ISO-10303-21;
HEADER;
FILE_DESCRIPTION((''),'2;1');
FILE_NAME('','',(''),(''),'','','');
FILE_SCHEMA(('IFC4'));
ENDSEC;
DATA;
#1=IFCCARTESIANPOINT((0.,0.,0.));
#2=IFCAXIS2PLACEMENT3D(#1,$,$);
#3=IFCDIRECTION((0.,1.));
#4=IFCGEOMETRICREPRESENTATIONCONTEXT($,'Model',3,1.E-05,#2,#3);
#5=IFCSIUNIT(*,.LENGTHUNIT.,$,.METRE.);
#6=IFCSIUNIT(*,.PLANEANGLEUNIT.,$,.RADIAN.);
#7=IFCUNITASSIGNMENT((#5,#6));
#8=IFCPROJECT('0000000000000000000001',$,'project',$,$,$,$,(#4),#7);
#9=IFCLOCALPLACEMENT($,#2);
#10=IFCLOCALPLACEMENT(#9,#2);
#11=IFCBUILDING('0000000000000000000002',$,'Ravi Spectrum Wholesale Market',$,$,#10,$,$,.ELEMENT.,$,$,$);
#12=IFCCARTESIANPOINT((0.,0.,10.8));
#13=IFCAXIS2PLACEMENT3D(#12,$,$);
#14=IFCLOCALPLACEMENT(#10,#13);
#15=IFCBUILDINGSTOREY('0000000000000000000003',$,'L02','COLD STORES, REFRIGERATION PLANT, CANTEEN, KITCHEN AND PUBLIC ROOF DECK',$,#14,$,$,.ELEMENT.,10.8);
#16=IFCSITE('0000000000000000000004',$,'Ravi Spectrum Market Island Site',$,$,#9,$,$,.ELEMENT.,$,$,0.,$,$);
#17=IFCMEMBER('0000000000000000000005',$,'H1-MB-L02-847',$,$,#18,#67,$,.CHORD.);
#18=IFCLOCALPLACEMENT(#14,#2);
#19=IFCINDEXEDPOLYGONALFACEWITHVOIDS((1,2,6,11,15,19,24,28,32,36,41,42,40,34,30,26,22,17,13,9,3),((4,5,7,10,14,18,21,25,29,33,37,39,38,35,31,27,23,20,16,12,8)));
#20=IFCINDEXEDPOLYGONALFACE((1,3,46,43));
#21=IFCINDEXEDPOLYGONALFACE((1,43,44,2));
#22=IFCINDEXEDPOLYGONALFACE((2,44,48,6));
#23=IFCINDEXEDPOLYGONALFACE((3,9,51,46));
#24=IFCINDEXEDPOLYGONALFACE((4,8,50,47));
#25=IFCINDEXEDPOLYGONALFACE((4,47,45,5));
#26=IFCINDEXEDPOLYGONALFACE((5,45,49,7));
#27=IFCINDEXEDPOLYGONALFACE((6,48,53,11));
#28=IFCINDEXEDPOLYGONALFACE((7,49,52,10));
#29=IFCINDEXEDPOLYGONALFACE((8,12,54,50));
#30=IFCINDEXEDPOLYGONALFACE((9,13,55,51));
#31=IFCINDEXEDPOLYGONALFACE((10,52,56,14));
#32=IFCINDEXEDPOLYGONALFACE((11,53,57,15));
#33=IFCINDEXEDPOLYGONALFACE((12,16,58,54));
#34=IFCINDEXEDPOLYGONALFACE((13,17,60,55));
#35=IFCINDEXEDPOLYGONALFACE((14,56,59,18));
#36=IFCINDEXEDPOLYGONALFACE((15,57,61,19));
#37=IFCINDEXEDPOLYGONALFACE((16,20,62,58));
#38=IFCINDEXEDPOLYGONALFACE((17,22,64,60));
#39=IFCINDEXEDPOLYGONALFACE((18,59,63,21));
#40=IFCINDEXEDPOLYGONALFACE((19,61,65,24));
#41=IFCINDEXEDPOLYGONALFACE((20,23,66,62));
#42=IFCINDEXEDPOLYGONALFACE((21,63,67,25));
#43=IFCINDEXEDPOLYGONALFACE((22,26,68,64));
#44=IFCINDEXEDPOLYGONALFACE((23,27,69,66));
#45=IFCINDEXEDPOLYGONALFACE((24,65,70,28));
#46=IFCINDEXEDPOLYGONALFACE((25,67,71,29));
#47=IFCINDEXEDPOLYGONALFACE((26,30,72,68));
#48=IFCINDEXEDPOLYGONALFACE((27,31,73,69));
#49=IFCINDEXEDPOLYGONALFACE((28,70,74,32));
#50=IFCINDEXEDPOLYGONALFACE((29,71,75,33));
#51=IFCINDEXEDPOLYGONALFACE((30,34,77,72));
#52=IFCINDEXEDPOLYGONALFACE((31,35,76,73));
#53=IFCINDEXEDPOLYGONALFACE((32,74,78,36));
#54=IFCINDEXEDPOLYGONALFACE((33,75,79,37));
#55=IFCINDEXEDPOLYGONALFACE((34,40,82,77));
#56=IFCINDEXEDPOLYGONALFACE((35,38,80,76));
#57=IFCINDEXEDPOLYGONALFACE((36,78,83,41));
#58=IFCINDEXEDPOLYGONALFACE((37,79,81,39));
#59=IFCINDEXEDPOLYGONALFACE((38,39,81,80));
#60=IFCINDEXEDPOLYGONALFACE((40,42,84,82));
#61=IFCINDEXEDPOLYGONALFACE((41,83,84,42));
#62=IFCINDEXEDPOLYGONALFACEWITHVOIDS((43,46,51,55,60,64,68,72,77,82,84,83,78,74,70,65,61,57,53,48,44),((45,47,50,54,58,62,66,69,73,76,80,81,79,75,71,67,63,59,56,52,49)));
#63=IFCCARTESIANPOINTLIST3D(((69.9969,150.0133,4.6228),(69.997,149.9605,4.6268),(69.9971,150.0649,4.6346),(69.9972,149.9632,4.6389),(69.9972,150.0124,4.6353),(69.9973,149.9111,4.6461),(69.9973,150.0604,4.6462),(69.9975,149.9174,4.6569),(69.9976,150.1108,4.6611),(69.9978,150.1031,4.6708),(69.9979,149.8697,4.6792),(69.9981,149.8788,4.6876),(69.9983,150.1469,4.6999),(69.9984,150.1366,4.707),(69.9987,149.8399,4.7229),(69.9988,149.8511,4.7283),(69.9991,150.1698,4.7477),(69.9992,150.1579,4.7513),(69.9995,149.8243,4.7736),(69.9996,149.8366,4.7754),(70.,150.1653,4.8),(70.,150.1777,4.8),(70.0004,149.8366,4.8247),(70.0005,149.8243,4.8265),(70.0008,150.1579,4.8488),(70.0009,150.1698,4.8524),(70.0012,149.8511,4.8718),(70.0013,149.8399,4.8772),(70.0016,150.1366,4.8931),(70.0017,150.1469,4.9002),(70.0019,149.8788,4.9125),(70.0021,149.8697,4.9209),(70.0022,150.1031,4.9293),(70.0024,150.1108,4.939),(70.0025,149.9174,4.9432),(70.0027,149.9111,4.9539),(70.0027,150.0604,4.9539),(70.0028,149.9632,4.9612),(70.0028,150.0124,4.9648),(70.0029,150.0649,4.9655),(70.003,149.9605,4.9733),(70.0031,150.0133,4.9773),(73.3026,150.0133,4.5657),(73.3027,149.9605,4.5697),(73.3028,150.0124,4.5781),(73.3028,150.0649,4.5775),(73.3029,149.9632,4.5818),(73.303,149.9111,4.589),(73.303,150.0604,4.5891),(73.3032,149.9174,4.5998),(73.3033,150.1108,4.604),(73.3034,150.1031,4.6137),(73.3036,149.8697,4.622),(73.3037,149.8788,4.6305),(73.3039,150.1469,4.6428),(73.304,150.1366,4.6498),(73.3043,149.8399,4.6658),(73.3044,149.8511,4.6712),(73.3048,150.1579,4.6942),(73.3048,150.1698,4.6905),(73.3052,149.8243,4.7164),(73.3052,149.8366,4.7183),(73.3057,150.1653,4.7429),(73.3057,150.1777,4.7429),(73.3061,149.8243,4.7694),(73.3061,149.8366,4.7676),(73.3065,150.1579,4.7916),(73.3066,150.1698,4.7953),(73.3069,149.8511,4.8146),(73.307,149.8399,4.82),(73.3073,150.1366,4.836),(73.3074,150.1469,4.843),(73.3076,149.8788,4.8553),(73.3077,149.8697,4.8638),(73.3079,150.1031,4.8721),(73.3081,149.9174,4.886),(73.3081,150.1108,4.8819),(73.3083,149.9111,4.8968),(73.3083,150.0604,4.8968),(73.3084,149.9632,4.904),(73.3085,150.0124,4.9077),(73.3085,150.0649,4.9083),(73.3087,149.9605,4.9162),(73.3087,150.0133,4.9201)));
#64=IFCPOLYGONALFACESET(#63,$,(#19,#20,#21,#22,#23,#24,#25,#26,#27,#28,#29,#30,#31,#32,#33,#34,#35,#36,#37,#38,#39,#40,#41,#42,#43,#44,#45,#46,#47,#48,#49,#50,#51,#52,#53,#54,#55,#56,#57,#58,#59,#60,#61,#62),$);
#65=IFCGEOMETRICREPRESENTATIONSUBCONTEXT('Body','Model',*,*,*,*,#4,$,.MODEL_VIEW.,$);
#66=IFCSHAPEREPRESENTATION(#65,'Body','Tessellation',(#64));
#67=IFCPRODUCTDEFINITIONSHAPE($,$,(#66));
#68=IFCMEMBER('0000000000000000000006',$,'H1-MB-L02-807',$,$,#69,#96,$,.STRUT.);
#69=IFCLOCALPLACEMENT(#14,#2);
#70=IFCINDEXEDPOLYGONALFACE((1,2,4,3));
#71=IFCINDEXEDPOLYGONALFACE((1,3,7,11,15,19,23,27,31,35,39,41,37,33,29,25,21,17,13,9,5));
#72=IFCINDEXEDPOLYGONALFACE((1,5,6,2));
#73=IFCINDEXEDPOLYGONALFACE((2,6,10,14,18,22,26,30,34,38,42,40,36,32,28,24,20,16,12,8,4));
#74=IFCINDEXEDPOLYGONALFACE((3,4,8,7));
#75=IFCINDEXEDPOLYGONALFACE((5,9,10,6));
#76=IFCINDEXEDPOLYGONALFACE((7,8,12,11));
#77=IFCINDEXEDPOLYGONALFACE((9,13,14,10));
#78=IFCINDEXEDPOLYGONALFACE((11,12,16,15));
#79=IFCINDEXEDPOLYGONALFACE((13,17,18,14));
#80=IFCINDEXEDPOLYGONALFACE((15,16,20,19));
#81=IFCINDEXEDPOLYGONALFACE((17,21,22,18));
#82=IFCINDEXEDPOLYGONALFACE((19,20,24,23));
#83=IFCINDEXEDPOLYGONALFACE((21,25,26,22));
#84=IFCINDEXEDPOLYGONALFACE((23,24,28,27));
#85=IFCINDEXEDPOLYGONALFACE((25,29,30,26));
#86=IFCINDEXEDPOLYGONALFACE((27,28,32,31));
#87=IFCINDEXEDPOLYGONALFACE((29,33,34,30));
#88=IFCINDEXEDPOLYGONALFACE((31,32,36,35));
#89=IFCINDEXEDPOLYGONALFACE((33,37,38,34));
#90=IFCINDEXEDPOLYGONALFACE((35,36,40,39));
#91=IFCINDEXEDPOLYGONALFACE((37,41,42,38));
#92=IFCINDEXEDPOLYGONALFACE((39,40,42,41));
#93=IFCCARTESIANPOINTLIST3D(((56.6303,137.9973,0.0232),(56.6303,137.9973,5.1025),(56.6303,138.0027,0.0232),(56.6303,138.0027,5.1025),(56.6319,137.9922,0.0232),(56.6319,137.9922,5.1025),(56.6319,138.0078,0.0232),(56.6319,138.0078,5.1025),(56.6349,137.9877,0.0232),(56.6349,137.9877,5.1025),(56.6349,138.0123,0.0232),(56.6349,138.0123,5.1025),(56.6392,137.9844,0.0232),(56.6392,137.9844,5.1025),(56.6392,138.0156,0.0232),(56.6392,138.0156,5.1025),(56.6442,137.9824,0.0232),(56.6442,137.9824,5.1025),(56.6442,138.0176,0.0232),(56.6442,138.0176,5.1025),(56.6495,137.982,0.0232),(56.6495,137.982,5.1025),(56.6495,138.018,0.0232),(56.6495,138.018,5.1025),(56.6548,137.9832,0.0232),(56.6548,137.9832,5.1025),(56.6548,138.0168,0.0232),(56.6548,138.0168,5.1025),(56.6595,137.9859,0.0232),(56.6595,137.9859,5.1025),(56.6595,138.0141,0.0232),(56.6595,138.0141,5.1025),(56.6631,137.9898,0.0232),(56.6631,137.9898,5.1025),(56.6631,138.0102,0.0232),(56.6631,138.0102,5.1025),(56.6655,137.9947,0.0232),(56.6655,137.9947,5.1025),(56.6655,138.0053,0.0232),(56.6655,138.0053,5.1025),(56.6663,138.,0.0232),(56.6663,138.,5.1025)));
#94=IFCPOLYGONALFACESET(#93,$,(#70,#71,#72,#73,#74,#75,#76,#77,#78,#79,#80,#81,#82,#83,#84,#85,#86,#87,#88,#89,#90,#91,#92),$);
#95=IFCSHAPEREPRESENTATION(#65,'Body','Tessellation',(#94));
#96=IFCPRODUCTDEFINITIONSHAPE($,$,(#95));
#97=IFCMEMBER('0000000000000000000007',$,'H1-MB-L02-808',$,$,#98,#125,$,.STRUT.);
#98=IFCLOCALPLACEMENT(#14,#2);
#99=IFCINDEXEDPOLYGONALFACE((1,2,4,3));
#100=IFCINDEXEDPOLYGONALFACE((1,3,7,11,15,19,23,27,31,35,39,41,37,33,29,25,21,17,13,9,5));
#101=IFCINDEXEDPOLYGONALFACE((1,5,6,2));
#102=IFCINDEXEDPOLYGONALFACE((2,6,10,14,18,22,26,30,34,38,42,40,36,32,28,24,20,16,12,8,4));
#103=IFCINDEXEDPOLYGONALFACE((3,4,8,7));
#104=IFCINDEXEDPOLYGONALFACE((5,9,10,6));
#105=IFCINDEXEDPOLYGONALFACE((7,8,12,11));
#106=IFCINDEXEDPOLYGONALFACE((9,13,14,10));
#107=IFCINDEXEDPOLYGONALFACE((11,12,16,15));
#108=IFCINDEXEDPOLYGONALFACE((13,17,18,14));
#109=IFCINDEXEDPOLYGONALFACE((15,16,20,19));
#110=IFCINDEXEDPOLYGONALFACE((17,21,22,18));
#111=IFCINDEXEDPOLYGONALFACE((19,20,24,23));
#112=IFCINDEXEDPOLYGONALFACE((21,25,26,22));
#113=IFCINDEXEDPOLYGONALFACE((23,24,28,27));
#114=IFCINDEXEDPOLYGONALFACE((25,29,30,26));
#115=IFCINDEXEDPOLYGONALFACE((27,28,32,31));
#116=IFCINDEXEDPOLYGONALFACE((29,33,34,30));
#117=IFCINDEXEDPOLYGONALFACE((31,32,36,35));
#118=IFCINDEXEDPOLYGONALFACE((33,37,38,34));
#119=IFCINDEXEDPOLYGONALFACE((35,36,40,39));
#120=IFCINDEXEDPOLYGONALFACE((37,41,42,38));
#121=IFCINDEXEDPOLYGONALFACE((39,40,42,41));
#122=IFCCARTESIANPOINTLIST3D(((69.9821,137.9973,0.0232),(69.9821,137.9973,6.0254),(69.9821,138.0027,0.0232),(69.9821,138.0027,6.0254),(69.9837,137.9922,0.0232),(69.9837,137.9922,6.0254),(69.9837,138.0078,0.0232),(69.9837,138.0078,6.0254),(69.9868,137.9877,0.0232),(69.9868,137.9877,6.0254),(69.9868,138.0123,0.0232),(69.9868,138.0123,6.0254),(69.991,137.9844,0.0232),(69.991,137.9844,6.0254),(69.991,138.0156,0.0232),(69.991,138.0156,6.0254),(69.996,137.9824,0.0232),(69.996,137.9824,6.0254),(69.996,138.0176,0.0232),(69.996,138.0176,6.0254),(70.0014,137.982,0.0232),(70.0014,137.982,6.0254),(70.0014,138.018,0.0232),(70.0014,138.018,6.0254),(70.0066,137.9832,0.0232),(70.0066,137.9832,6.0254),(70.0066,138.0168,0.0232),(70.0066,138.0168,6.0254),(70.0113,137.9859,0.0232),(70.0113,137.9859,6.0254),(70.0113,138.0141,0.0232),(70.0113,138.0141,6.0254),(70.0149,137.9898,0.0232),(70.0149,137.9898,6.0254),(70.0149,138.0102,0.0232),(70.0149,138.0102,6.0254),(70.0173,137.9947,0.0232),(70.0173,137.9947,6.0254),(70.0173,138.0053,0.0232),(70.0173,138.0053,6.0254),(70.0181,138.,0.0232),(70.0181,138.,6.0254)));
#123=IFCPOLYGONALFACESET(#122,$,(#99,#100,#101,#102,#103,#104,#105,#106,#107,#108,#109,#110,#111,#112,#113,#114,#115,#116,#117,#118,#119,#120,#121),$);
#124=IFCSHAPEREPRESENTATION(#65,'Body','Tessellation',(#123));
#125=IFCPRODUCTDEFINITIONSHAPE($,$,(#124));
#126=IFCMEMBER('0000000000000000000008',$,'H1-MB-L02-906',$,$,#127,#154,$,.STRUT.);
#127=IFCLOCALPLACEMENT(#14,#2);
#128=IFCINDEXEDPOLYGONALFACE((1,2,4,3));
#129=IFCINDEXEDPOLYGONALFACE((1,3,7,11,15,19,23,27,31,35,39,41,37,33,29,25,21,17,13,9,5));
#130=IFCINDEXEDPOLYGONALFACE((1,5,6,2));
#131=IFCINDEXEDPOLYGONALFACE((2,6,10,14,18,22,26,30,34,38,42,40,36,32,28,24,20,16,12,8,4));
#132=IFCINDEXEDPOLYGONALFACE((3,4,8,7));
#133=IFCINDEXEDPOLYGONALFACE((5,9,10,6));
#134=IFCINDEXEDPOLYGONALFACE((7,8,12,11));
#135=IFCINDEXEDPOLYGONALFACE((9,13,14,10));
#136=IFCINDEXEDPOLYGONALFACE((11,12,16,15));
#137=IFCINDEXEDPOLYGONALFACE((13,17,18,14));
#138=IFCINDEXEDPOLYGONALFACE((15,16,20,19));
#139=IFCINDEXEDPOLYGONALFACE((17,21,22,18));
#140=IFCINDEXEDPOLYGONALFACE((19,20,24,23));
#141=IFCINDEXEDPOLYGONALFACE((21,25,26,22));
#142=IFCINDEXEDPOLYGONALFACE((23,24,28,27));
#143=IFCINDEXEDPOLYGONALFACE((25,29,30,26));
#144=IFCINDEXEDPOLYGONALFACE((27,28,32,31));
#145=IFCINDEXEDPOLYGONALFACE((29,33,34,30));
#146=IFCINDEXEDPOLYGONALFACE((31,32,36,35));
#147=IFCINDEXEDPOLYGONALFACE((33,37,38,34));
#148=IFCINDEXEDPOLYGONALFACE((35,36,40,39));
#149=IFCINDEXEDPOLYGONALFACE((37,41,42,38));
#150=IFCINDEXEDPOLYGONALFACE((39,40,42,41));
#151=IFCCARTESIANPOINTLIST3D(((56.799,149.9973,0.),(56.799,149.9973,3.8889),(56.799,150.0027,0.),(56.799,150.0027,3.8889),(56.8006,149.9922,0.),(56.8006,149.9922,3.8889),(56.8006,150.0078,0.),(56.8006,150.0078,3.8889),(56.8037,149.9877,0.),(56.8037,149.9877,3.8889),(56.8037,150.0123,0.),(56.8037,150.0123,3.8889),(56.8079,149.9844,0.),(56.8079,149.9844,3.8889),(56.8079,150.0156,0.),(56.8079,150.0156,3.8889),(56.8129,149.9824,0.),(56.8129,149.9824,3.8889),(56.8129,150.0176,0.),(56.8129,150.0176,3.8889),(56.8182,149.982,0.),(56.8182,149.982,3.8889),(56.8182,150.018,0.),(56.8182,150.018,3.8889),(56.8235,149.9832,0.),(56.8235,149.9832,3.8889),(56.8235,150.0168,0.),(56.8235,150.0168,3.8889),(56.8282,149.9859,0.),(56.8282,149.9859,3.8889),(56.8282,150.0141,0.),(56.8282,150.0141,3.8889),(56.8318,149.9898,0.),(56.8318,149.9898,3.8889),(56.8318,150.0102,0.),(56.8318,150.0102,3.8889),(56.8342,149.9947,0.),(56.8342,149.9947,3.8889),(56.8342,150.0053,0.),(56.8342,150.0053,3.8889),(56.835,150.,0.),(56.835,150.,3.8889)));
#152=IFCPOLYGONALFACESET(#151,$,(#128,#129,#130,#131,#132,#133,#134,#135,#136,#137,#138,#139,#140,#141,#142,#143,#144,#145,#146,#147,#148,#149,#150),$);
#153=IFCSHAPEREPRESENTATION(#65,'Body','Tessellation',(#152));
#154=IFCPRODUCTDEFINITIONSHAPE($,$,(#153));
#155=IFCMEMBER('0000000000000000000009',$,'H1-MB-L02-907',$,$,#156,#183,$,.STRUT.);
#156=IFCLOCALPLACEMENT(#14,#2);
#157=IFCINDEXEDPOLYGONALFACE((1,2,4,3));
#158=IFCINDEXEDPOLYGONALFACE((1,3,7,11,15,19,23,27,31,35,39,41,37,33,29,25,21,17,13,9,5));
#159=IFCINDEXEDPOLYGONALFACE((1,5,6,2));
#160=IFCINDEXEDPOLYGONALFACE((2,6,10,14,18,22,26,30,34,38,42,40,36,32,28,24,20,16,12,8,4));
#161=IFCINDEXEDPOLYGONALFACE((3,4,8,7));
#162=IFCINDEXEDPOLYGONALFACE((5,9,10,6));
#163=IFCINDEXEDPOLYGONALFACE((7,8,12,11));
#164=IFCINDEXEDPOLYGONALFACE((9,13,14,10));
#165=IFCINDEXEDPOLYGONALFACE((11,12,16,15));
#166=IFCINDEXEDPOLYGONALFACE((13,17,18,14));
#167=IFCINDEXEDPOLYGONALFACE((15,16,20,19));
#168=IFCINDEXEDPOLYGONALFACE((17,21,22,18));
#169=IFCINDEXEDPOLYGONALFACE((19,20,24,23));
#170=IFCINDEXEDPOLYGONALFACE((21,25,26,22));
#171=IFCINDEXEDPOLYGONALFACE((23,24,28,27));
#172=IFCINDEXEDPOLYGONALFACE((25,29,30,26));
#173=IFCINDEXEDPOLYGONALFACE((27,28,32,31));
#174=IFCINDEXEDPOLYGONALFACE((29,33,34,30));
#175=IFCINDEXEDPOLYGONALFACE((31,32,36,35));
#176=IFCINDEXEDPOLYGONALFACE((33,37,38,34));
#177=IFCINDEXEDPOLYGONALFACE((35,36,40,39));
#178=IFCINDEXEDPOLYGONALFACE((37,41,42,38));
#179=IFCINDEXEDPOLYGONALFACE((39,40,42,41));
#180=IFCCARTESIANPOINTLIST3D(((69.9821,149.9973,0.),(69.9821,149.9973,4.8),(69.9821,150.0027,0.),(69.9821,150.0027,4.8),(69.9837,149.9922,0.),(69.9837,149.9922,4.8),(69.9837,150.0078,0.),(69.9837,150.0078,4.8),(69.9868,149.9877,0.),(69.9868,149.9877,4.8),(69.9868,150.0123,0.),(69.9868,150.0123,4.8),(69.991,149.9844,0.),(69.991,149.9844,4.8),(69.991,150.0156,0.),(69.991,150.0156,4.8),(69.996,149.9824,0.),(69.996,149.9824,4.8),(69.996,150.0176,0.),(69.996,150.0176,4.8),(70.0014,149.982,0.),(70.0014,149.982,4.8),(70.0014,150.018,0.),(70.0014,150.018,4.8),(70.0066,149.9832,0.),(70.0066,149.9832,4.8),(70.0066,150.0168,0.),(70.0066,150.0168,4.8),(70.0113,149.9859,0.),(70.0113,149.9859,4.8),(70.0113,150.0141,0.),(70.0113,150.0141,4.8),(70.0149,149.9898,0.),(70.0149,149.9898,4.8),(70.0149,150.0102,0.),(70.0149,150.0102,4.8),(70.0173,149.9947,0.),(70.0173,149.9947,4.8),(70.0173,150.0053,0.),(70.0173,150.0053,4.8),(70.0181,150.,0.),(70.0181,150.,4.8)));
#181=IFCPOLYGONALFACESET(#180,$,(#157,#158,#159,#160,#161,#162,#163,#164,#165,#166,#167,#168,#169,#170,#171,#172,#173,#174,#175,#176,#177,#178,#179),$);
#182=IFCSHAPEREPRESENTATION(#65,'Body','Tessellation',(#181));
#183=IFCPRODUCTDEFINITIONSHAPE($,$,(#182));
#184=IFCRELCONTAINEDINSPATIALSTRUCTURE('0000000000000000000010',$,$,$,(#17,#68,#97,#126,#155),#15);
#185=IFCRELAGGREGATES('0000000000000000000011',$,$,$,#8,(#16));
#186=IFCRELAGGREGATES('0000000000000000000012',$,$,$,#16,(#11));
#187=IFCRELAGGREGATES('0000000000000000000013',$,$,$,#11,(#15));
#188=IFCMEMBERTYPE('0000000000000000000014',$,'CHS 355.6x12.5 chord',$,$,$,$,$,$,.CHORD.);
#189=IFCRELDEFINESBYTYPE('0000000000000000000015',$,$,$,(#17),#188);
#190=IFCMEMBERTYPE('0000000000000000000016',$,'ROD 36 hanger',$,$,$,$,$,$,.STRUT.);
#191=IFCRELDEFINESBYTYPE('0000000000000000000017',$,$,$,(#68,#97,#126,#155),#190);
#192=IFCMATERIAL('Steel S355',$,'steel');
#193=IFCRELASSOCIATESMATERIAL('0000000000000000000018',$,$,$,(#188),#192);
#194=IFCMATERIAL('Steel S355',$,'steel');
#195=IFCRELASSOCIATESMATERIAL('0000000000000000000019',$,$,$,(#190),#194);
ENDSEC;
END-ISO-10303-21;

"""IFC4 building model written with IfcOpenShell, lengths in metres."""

from ifc_helpers import new_model, si_unit, direction, frame, origin, origin_2d, place, context, subcontext, project, spatial, circle, hollow_circle, extrude, material, material_profile, profile_set, type_object, element, save


model = new_model("IFC4")

# Units and contexts
model_context = context("Model", 3, precision=1e-05, world=origin(), true_north=direction((0.0, 1.0)))
body_context = subcontext(model_context, "Body", "Model", "MODEL_VIEW")
ifc_project = project(units=[si_unit("LENGTHUNIT", "METRE"), si_unit("PLANEANGLEUNIT", "RADIAN")], contexts=[model_context])

# Site, building, storey
site_placement = place(None, origin())
site = spatial("IfcSite", under=ifc_project, at=site_placement, Name="Ravi Spectrum Market Island Site", CompositionType="ELEMENT", RefElevation=0.0)
building_placement = place(site_placement, origin())
building = spatial("IfcBuilding", under=site, at=building_placement, Name="Ravi Spectrum Wholesale Market", CompositionType="ELEMENT")
storey_placement = place(building_placement, frame((0.0, 0.0, 10.8)))
storey = spatial("IfcBuildingStorey", under=building, at=storey_placement, Name="L02", Description="COLD STORES, REFRIGERATION PLANT, CANTEEN, KITCHEN AND PUBLIC ROOF DECK", CompositionType="ELEMENT", Elevation=10.8)

# Members
ifc_material_1 = material(Name="Steel S355", Category="steel")
ifc_material_profile_1 = material_profile(ifc_material_1, hollow_circle(Radius=0.1777, WallThickness=0.0125, at=origin_2d()))
ifc_profile_set_1 = profile_set([ifc_material_profile_1], Name="Steel S355")
member_type_1 = type_object("IfcMemberType", Name="CHS 355.6x12.5 chord", PredefinedType="CHORD", material=ifc_profile_set_1)
for number, where, z_axis, x_axis, name in (
    (1, (70.0, 150.0, 4.8), (0.999851, 0.0, -0.01728), (0.0, 1.0, 0.0), "H1-MB-L02-847"),
):
    element("IfcMember", number, at=place(storey_placement, frame(where, z_axis=z_axis, x_axis=x_axis)), inside=storey, type_object=member_type_1, Name=name, PredefinedType="CHORD", context=body_context, shape_type="SweptSolid", body=[
        extrude(hollow_circle(Radius=0.1777, WallThickness=0.0125, at=origin_2d()), origin(), (0.0, 0.0, 1.0), 3.3062),
    ])
ifc_material_2 = material(Name="Steel S355", Category="steel")
ifc_material_profile_2 = material_profile(ifc_material_2, circle(Radius=0.0181, at=origin_2d()))
ifc_profile_set_2 = profile_set([ifc_material_profile_2], Name="Steel S355")
member_type_2 = type_object("IfcMemberType", Name="ROD 36 hanger", PredefinedType="STRUT", material=ifc_profile_set_2)
member_1_placement = place(storey_placement, frame((56.6482, 138.0, 0.0232), z_axis=(0.0, 0.0, 1.0), x_axis=(1.0, 0.0, 0.0)))
element("IfcMember", 2, at=member_1_placement, inside=storey, type_object=member_type_2, Name="H1-MB-L02-807", PredefinedType="STRUT", context=body_context, shape_type="SweptSolid", body=[
    extrude(circle(Radius=0.0181, at=origin_2d()), origin(), (0.0, 0.0, 1.0), 5.0793),
])
member_2_placement = place(storey_placement, frame((70.0, 138.0, 0.0232), z_axis=(0.0, 0.0, 1.0), x_axis=(1.0, 0.0, 0.0)))
element("IfcMember", 3, at=member_2_placement, inside=storey, type_object=member_type_2, Name="H1-MB-L02-808", PredefinedType="STRUT", context=body_context, shape_type="SweptSolid", body=[
    extrude(circle(Radius=0.0181, at=origin_2d()), origin(), (0.0, 0.0, 1.0), 6.0022),
])
member_3_placement = place(storey_placement, frame((56.8169, 150.0, 0.0), z_axis=(0.0, 0.0, 1.0), x_axis=(1.0, 0.0, 0.0)))
element("IfcMember", 4, at=member_3_placement, inside=storey, type_object=member_type_2, Name="H1-MB-L02-906", PredefinedType="STRUT", context=body_context, shape_type="SweptSolid", body=[
    extrude(circle(Radius=0.0181, at=origin_2d()), origin(), (0.0, 0.0, 1.0), 3.8889),
])
member_4_placement = place(storey_placement, frame((70.0, 150.0, 0.0), z_axis=(0.0, 0.0, 1.0), x_axis=(1.0, 0.0, 0.0)))
element("IfcMember", 5, at=member_4_placement, inside=storey, type_object=member_type_2, Name="H1-MB-L02-907", PredefinedType="STRUT", context=body_context, shape_type="SweptSolid", body=[
    extrude(circle(Radius=0.0181, at=origin_2d()), origin(), (0.0, 0.0, 1.0), 4.8),
])

save(model, "model.ifc")
